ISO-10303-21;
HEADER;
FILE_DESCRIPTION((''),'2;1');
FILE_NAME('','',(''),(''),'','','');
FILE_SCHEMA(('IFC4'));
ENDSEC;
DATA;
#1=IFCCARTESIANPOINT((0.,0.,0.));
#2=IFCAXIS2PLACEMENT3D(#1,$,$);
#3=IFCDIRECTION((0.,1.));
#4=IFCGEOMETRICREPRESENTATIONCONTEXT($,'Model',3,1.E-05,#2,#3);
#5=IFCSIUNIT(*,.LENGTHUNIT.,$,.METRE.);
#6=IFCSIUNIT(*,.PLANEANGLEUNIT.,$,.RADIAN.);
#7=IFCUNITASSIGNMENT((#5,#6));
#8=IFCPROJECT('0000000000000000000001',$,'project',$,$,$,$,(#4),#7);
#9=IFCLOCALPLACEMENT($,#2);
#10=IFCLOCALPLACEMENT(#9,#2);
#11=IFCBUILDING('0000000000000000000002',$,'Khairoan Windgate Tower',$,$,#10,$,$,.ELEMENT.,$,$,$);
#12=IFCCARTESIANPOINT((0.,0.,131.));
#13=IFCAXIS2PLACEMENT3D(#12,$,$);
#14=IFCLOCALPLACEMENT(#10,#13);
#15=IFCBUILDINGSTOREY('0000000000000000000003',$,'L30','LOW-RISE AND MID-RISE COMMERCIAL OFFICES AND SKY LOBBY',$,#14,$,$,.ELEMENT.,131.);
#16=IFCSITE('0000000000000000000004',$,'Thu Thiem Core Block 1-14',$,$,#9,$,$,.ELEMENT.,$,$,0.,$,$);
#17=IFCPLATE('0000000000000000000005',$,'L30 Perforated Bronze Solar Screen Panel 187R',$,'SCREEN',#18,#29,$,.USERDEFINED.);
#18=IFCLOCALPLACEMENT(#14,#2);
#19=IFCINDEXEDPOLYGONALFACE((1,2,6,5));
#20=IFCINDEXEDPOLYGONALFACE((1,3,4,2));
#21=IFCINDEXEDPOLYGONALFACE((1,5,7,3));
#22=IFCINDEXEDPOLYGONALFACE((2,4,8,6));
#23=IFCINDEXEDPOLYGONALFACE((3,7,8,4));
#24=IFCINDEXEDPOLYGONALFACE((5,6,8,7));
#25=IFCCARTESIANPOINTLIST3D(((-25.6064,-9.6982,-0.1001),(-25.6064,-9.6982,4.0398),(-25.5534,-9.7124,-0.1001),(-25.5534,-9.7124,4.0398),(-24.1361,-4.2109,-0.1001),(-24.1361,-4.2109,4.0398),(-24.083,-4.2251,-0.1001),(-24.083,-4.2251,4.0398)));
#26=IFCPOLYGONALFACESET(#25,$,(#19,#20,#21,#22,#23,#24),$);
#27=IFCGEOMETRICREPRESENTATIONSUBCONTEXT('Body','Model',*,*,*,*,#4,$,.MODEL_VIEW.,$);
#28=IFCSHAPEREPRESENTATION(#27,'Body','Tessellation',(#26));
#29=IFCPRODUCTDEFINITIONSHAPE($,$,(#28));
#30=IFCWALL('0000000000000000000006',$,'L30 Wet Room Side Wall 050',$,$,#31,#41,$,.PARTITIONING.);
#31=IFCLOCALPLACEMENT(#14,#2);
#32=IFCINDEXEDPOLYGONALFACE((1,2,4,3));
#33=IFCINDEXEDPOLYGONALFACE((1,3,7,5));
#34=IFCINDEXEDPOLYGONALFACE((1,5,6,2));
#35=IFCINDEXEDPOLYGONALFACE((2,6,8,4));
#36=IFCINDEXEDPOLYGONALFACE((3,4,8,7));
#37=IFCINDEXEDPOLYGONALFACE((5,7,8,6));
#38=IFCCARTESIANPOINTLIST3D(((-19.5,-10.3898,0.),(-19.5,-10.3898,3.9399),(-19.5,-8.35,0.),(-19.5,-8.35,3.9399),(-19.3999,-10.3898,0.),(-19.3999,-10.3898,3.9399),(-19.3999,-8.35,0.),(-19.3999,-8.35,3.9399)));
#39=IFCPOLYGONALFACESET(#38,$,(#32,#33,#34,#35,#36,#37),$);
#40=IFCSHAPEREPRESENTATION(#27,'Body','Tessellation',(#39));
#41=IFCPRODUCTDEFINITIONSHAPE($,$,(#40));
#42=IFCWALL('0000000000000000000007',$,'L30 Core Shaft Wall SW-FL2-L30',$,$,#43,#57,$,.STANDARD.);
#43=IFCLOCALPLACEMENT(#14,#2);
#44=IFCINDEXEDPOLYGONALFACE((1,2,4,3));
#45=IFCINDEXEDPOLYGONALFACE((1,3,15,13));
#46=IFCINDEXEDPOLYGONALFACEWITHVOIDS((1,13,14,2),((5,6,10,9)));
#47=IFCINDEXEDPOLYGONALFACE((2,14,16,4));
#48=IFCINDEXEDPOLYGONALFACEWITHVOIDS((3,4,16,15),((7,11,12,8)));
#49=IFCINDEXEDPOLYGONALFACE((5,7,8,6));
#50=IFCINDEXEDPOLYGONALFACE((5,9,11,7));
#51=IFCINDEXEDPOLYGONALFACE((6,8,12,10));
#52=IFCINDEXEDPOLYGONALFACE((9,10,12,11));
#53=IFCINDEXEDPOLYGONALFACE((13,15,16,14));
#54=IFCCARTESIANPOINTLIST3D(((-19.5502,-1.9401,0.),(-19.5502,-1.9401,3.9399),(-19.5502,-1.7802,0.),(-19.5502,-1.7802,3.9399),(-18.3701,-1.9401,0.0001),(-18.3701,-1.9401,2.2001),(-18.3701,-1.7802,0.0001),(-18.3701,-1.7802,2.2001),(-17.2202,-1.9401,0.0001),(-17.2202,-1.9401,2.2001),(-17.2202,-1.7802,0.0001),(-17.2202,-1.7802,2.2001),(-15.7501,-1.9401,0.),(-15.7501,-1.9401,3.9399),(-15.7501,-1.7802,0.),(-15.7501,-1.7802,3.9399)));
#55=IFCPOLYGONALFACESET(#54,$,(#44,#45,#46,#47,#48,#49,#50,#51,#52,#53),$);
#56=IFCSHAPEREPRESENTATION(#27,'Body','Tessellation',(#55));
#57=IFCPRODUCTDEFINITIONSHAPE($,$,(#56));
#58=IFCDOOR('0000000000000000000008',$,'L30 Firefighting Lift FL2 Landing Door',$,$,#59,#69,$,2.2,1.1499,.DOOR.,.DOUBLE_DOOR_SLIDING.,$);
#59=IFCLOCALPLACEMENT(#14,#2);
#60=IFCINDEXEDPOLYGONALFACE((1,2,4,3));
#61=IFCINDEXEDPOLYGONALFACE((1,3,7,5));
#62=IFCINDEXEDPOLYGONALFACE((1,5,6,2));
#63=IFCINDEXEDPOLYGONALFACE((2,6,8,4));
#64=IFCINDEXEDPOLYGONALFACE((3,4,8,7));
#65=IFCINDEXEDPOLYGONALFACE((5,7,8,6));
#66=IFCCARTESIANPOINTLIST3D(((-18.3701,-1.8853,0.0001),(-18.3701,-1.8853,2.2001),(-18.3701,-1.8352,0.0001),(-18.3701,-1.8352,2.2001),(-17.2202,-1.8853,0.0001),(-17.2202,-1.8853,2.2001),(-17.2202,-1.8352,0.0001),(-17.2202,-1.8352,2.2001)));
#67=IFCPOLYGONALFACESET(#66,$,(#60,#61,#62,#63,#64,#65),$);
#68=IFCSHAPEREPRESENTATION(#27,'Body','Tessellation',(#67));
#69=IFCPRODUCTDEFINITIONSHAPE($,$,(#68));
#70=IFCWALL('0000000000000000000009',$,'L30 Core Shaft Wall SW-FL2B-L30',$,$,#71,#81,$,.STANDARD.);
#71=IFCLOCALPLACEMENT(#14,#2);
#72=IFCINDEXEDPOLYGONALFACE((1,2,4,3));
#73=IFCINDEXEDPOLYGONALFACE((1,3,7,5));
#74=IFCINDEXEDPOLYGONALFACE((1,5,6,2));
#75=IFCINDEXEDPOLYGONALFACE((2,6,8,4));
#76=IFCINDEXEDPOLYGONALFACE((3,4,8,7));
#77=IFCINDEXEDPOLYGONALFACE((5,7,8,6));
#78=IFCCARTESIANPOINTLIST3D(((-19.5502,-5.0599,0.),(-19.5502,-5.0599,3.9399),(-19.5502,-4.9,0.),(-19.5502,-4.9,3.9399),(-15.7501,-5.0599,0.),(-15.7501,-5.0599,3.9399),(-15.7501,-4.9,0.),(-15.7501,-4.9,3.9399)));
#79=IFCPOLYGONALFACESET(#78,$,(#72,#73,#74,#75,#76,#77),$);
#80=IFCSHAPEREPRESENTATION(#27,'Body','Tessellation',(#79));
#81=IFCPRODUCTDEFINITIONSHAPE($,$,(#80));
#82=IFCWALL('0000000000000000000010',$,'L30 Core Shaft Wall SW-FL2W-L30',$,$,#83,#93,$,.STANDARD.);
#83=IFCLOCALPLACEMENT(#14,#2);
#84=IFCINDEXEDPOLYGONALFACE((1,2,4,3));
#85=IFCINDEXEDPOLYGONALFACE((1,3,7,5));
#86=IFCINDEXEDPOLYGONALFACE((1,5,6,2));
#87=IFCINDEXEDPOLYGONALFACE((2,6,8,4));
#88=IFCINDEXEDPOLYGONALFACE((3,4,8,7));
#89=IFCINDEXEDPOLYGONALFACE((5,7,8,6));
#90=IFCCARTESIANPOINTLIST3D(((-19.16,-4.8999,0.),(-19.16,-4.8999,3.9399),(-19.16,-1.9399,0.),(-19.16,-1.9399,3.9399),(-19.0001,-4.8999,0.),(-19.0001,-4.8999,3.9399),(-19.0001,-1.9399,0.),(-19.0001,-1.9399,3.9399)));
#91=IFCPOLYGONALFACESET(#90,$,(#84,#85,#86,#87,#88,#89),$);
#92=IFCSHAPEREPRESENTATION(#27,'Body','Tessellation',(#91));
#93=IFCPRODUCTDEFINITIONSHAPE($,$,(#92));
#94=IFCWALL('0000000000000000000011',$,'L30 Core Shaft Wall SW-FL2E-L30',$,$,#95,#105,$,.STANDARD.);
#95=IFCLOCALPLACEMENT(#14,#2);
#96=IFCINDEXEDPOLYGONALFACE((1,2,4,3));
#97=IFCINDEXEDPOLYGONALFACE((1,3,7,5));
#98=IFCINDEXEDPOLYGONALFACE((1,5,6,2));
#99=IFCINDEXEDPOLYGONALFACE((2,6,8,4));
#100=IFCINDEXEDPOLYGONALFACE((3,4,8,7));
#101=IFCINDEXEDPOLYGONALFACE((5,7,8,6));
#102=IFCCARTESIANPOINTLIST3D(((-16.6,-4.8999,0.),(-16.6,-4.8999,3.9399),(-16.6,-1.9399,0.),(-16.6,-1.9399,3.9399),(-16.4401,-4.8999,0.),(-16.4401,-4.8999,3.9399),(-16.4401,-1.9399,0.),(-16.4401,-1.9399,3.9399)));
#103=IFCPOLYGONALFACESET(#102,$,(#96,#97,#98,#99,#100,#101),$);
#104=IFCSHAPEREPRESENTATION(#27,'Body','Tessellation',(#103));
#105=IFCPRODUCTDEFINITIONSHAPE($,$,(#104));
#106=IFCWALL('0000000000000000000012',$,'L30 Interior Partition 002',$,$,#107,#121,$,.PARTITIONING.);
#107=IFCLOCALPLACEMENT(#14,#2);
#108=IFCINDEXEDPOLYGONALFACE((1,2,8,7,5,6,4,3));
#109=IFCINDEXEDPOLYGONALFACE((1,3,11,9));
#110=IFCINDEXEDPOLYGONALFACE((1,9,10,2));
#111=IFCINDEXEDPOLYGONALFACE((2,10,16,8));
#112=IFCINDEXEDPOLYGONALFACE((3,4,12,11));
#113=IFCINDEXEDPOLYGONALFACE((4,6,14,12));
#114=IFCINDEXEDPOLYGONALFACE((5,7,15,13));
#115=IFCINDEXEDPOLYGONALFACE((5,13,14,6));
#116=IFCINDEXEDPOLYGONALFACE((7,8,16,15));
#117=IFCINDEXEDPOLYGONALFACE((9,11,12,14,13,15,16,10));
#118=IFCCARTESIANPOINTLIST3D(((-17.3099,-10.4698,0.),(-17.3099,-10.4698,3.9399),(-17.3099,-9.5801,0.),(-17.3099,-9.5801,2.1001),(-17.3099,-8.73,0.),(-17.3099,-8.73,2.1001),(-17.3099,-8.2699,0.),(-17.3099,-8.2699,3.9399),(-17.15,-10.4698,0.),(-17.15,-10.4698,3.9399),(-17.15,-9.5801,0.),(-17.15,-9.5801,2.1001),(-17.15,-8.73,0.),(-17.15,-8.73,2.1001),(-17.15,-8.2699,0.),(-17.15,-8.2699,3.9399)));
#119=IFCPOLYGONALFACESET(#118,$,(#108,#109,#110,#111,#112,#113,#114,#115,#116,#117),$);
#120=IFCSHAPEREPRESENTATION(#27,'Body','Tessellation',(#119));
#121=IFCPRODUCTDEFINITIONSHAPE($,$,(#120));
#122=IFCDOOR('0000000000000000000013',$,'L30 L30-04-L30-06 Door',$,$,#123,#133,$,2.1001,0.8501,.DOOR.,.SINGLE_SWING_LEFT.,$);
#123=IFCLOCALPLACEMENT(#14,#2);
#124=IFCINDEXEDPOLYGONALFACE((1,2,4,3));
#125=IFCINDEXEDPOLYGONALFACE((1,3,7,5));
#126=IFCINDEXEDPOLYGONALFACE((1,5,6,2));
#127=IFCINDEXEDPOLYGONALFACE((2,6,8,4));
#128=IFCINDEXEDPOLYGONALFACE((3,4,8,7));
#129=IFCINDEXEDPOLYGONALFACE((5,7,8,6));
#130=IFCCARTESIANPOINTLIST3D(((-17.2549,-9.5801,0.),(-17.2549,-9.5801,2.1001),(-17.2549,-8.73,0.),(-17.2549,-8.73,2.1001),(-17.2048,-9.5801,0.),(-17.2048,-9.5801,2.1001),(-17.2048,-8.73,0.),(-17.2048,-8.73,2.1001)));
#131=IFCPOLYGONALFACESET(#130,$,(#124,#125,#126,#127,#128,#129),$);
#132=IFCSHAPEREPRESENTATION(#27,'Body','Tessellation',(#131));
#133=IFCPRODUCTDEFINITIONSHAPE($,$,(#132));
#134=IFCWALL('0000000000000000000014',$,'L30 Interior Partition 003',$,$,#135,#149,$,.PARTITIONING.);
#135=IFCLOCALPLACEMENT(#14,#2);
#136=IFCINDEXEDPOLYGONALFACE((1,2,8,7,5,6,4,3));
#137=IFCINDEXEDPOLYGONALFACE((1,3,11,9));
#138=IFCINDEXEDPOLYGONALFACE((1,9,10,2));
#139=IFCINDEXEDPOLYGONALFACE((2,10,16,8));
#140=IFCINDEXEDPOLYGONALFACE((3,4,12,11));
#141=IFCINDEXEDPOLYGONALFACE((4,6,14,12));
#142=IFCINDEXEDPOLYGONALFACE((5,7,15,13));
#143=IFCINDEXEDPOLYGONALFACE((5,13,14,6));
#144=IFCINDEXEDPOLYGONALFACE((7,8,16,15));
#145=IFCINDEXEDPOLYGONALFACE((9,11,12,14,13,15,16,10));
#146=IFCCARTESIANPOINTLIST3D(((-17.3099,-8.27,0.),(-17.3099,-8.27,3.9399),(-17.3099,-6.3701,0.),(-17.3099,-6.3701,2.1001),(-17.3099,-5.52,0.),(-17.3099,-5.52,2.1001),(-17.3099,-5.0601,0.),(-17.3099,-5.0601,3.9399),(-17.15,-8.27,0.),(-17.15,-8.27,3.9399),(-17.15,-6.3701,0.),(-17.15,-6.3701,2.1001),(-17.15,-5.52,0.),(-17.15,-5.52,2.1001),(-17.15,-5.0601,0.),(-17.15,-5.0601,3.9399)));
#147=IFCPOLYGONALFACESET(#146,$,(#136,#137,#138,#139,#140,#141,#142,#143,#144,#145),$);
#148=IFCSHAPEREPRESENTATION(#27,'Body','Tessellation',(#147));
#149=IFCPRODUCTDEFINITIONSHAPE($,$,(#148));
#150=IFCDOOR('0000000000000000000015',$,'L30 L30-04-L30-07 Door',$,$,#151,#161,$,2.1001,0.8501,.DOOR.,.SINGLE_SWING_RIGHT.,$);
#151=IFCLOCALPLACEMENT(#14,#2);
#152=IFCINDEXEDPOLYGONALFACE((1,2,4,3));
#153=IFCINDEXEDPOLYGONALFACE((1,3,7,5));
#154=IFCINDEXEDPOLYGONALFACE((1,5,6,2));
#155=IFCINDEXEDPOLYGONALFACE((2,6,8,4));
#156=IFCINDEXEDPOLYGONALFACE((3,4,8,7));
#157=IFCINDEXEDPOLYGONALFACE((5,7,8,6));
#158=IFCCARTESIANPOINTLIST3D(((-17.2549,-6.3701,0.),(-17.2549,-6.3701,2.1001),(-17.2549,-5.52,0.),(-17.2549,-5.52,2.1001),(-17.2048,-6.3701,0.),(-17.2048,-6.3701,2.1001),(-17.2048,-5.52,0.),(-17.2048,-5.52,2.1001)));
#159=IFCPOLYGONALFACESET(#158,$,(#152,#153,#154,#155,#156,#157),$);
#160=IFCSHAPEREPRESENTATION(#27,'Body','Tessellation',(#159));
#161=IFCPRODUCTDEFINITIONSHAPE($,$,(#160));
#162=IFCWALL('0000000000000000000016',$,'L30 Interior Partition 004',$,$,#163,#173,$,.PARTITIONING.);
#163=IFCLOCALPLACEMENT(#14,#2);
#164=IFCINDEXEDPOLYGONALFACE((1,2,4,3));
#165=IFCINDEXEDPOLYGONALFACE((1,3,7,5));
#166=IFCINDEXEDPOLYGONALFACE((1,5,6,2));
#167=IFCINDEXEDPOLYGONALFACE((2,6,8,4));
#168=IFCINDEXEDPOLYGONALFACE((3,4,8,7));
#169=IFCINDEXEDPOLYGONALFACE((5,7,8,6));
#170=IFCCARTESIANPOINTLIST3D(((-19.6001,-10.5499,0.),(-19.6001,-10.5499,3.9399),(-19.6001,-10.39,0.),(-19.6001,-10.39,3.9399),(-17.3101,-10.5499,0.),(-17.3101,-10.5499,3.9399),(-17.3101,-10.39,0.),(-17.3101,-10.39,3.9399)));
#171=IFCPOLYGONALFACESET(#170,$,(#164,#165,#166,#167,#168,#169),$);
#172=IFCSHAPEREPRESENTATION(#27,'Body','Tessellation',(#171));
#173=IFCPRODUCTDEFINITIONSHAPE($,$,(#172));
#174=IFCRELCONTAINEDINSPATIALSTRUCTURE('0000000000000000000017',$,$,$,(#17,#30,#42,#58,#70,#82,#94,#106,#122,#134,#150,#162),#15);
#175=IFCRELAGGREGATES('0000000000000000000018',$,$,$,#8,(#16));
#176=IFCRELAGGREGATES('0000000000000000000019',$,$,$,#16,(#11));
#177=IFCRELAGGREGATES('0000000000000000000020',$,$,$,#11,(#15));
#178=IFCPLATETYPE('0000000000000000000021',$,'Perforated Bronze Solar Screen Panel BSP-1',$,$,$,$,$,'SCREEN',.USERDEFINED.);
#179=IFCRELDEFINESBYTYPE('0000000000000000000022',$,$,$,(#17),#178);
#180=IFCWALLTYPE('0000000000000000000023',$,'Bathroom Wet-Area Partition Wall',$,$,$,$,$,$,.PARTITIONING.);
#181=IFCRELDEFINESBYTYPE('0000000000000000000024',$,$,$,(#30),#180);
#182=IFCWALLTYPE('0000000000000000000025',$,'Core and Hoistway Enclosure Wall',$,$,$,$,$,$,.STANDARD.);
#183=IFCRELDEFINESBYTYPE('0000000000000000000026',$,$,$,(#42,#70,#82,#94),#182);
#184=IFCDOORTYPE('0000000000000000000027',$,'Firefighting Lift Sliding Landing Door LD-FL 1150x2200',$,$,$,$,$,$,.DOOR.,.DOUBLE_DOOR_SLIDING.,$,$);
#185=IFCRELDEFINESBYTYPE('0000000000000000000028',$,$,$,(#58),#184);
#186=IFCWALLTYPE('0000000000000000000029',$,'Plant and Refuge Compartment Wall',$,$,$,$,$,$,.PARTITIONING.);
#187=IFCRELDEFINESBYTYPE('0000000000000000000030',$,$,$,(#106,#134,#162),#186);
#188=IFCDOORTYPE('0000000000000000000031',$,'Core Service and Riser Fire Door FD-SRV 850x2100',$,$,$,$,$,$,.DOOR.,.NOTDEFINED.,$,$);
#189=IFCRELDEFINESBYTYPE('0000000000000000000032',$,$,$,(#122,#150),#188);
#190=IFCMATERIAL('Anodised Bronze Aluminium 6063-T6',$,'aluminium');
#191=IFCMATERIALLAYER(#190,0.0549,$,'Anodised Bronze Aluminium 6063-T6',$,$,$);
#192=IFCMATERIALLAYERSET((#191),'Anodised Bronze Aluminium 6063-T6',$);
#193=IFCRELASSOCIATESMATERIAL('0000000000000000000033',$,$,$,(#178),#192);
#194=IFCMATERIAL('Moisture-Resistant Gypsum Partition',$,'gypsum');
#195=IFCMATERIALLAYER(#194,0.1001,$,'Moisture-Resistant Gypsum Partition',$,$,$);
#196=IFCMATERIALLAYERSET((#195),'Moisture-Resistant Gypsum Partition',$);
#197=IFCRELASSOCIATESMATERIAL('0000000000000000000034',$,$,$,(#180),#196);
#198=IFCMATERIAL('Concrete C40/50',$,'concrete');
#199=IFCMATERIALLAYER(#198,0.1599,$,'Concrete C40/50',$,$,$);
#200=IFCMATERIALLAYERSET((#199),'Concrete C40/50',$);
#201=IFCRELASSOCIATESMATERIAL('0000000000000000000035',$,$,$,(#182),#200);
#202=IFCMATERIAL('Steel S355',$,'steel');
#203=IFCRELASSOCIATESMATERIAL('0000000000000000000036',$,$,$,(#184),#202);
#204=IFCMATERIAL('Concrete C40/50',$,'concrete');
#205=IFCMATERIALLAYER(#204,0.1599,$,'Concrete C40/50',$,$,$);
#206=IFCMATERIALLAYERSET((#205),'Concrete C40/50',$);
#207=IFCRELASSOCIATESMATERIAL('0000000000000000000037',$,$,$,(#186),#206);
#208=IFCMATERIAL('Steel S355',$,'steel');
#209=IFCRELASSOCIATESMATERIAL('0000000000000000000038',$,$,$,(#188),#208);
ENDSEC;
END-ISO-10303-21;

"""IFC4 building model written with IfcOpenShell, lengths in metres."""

from ifc_helpers import new_model, si_unit, direction, frame, frame_2d, origin, origin_2d, place, context, subcontext, project, spatial, rectangle, extrude, material, layer, layer_set, type_object, element, fill, save


model = new_model("IFC4")

# Units and contexts
model_context = context("Model", 3, precision=1e-05, world=origin(), true_north=direction((0.0, 1.0)))
body_context = subcontext(model_context, "Body", "Model", "MODEL_VIEW")
ifc_project = project(units=[si_unit("LENGTHUNIT", "METRE"), si_unit("PLANEANGLEUNIT", "RADIAN")], contexts=[model_context])

# Site, building, storey
site_placement = place(None, origin())
site = spatial("IfcSite", under=ifc_project, at=site_placement, Name="Thu Thiem Core Block 1-14", CompositionType="ELEMENT", RefElevation=0.0)
building_placement = place(site_placement, origin())
building = spatial("IfcBuilding", under=site, at=building_placement, Name="Khairoan Windgate Tower", CompositionType="ELEMENT")
storey_placement = place(building_placement, frame((0.0, 0.0, 131.0)))
storey = spatial("IfcBuildingStorey", under=building, at=storey_placement, Name="L30", Description="LOW-RISE AND MID-RISE COMMERCIAL OFFICES AND SKY LOBBY", CompositionType="ELEMENT", Elevation=131.0)

# Plate
ifc_material_1 = material(Name="Anodised Bronze Aluminium 6063-T6", Category="aluminium")
ifc_layer_1 = layer(ifc_material_1, 0.0549, Name="Anodised Bronze Aluminium 6063-T6")
ifc_layer_set_1 = layer_set([ifc_layer_1], Name="Anodised Bronze Aluminium 6063-T6")
plate_type_1 = type_object("IfcPlateType", Name="Perforated Bronze Solar Screen Panel BSP-1", ElementType="SCREEN", PredefinedType="USERDEFINED", material=ifc_layer_set_1)
plate_1_placement = place(storey_placement, frame((-24.8447, -6.9617, -0.1001), z_axis=(0.0, 0.0, 1.0), x_axis=(0.258819, 0.965926, 0.0)))
element("IfcPlate", 1, at=plate_1_placement, inside=storey, type_object=plate_type_1, Name="L30 Perforated Bronze Solar Screen Panel 187R", ObjectType="SCREEN", PredefinedType="USERDEFINED", context=body_context, shape_type="SweptSolid", body=[
    extrude(rectangle(XDim=5.6809, YDim=0.0549, at=origin_2d()), origin(), (0.0, 0.0, 1.0), 4.1399),
])

# Wall
ifc_material_2 = material(Name="Moisture-Resistant Gypsum Partition", Category="gypsum")
ifc_layer_2 = layer(ifc_material_2, 0.1001, Name="Moisture-Resistant Gypsum Partition")
ifc_layer_set_2 = layer_set([ifc_layer_2], Name="Moisture-Resistant Gypsum Partition")
wall_type_1 = type_object("IfcWallType", Name="Bathroom Wet-Area Partition Wall", PredefinedType="PARTITIONING", material=ifc_layer_set_2)
wall_1_placement = place(storey_placement, frame((-19.45, -10.3899, 0.0), z_axis=(0.0, 0.0, 1.0), x_axis=(0.0, 1.0, 0.0)))
element("IfcWall", 2, at=wall_1_placement, inside=storey, type_object=wall_type_1, Name="L30 Wet Room Side Wall 050", PredefinedType="PARTITIONING", context=body_context, shape_type="SweptSolid", body=[
    extrude(rectangle(XDim=2.0398, YDim=0.1001, at=frame_2d((1.02, 0.0))), origin(), (0.0, 0.0, 1.0), 3.9399),
])

# Wall, opening, door
ifc_material_3 = material(Name="Concrete C40/50", Category="concrete")
ifc_layer_3 = layer(ifc_material_3, 0.1599, Name="Concrete C40/50")
ifc_layer_set_3 = layer_set([ifc_layer_3], Name="Concrete C40/50")
wall_type_2 = type_object("IfcWallType", Name="Core and Hoistway Enclosure Wall", PredefinedType="STANDARD", material=ifc_layer_set_3)
wall_2_placement = place(storey_placement, frame((-19.55, -1.8601, 0.0), z_axis=(0.0, 0.0, 1.0), x_axis=(1.0, 0.0, 0.0)))
wall_2 = element("IfcWall", 3, at=wall_2_placement, inside=storey, type_object=wall_type_2, Name="L30 Core Shaft Wall SW-FL2-L30", PredefinedType="STANDARD", context=body_context, shape_type="SweptSolid", body=[
    extrude(rectangle(XDim=3.8, YDim=0.1599, at=frame_2d((1.8999, 0.0))), origin(), (0.0, 0.0, 1.0), 3.9399),
])
opening_1_placement = place(wall_2_placement, frame((1.1799, 0.0, 0.0)))
opening_1 = element("IfcOpeningElement", 4, at=opening_1_placement, cuts=wall_2, PredefinedType="OPENING", context=body_context, shape_type="SweptSolid", body=[
    extrude(rectangle(XDim=1.1499, YDim=2.2, at=frame_2d((0.575, 1.1001))), frame((0.0, 0.0898, 0.0), z_axis=(0.0, -1.0, 0.0), x_axis=(1.0, 0.0, 0.0)), (0.0, 0.0, 1.0), 0.1799),
])
ifc_material_4 = material(Name="Steel S355", Category="steel")
door_type_1 = type_object("IfcDoorType", Name="Firefighting Lift Sliding Landing Door LD-FL 1150x2200", OperationType="DOUBLE_DOOR_SLIDING", PredefinedType="DOOR", material=ifc_material_4)
door_1_placement = place(opening_1_placement, origin())
door_1 = element("IfcDoor", 5, at=door_1_placement, inside=storey, type_object=door_type_1, Name="L30 Firefighting Lift FL2 Landing Door", OperationType="DOUBLE_DOOR_SLIDING", OverallHeight=2.2, OverallWidth=1.1499, PredefinedType="DOOR", context=body_context, shape_type="SweptSolid", body=[
    extrude(rectangle(XDim=1.1499, YDim=2.2, at=frame_2d((0.575, 1.1001))), frame((0.0, 0.0249, 0.0), z_axis=(0.0, -1.0, 0.0), x_axis=(1.0, 0.0, 0.0)), (0.0, 0.0, 1.0), 0.05),
])
fill(opening_1, door_1)

# Walls
wall_3_placement = place(storey_placement, frame((-19.55, -4.98, 0.0), z_axis=(0.0, 0.0, 1.0), x_axis=(1.0, 0.0, 0.0)))
element("IfcWall", 6, at=wall_3_placement, inside=storey, type_object=wall_type_2, Name="L30 Core Shaft Wall SW-FL2B-L30", PredefinedType="STANDARD", context=body_context, shape_type="SweptSolid", body=[
    extrude(rectangle(XDim=3.8, YDim=0.1599, at=frame_2d((1.8999, 0.0))), origin(), (0.0, 0.0, 1.0), 3.9399),
])
for number, where, z_axis, x_axis, name in (
    (7, (-19.0801, -4.8999, 0.0), (0.0, 0.0, 1.0), (0.0, 1.0, 0.0), "L30 Core Shaft Wall SW-FL2W-L30"),
    (8, (-16.52, -4.8999, 0.0), (0.0, 0.0, 1.0), (0.0, 1.0, 0.0), "L30 Core Shaft Wall SW-FL2E-L30"),
):
    element("IfcWall", number, at=place(storey_placement, frame(where, z_axis=z_axis, x_axis=x_axis)), inside=storey, type_object=wall_type_2, Name=name, PredefinedType="STANDARD", context=body_context, shape_type="SweptSolid", body=[
        extrude(rectangle(XDim=2.96, YDim=0.1599, at=frame_2d((1.48, 0.0))), origin(), (0.0, 0.0, 1.0), 3.9399),
    ])

# Walls, openings, doors
ifc_material_5 = material(Name="Concrete C40/50", Category="concrete")
ifc_layer_4 = layer(ifc_material_5, 0.1599, Name="Concrete C40/50")
ifc_layer_set_4 = layer_set([ifc_layer_4], Name="Concrete C40/50")
wall_type_3 = type_object("IfcWallType", Name="Plant and Refuge Compartment Wall", PredefinedType="PARTITIONING", material=ifc_layer_set_4)
wall_4_placement = place(storey_placement, frame((-17.23, -10.47, 0.0), z_axis=(0.0, 0.0, 1.0), x_axis=(0.0, 1.0, 0.0)))
wall_4 = element("IfcWall", 9, at=wall_4_placement, inside=storey, type_object=wall_type_3, Name="L30 Interior Partition 002", PredefinedType="PARTITIONING", context=body_context, shape_type="SweptSolid", body=[
    extrude(rectangle(XDim=2.2, YDim=0.1599, at=frame_2d((1.1001, 0.0))), origin(), (0.0, 0.0, 1.0), 3.9399),
])
opening_2_placement = place(wall_4_placement, frame((0.8899, 0.0, 0.0)))
opening_2 = element("IfcOpeningElement", 10, at=opening_2_placement, cuts=wall_4, PredefinedType="OPENING", context=body_context, shape_type="SweptSolid", body=[
    extrude(rectangle(XDim=0.8501, YDim=2.1001, at=frame_2d((0.425, 1.05))), frame((0.0, 0.0898, 0.0), z_axis=(0.0, -1.0, 0.0), x_axis=(1.0, 0.0, 0.0)), (0.0, 0.0, 1.0), 0.1799),
])
ifc_material_6 = material(Name="Steel S355", Category="steel")
door_type_2 = type_object("IfcDoorType", Name="Core Service and Riser Fire Door FD-SRV 850x2100", OperationType="NOTDEFINED", PredefinedType="DOOR", material=ifc_material_6)
door_2_placement = place(opening_2_placement, origin())
door_2 = element("IfcDoor", 11, at=door_2_placement, inside=storey, type_object=door_type_2, Name="L30 L30-04-L30-06 Door", OperationType="SINGLE_SWING_LEFT", OverallHeight=2.1001, OverallWidth=0.8501, PredefinedType="DOOR", context=body_context, shape_type="SweptSolid", body=[
    extrude(rectangle(XDim=0.8501, YDim=2.1001, at=frame_2d((0.425, 1.05))), frame((0.0, 0.0249, 0.0), z_axis=(0.0, -1.0, 0.0), x_axis=(1.0, 0.0, 0.0)), (0.0, 0.0, 1.0), 0.05),
])
fill(opening_2, door_2)
wall_5_placement = place(storey_placement, frame((-17.23, -8.27, 0.0), z_axis=(0.0, 0.0, 1.0), x_axis=(0.0, 1.0, 0.0)))
wall_5 = element("IfcWall", 12, at=wall_5_placement, inside=storey, type_object=wall_type_3, Name="L30 Interior Partition 003", PredefinedType="PARTITIONING", context=body_context, shape_type="SweptSolid", body=[
    extrude(rectangle(XDim=3.21, YDim=0.1599, at=frame_2d((1.605, 0.0))), origin(), (0.0, 0.0, 1.0), 3.9399),
])
opening_3_placement = place(wall_5_placement, frame((1.8999, 0.0, 0.0)))
opening_3 = element("IfcOpeningElement", 13, at=opening_3_placement, cuts=wall_5, PredefinedType="OPENING", context=body_context, shape_type="SweptSolid", body=[
    extrude(rectangle(XDim=0.8501, YDim=2.1001, at=frame_2d((0.425, 1.05))), frame((0.0, 0.0898, 0.0), z_axis=(0.0, -1.0, 0.0), x_axis=(1.0, 0.0, 0.0)), (0.0, 0.0, 1.0), 0.1799),
])
door_3_placement = place(opening_3_placement, origin())
door_3 = element("IfcDoor", 14, at=door_3_placement, inside=storey, type_object=door_type_2, Name="L30 L30-04-L30-07 Door", OperationType="SINGLE_SWING_RIGHT", OverallHeight=2.1001, OverallWidth=0.8501, PredefinedType="DOOR", context=body_context, shape_type="SweptSolid", body=[
    extrude(rectangle(XDim=0.8501, YDim=2.1001, at=frame_2d((0.425, 1.05))), frame((0.0, 0.0249, 0.0), z_axis=(0.0, -1.0, 0.0), x_axis=(1.0, 0.0, 0.0)), (0.0, 0.0, 1.0), 0.05),
])
fill(opening_3, door_3)

# Wall
for number, where, z_axis, x_axis, name in (
    (15, (-19.6001, -10.47, 0.0), (0.0, 0.0, 1.0), (1.0, 0.0, 0.0), "L30 Interior Partition 004"),
):
    element("IfcWall", number, at=place(storey_placement, frame(where, z_axis=z_axis, x_axis=x_axis)), inside=storey, type_object=wall_type_3, Name=name, PredefinedType="PARTITIONING", context=body_context, shape_type="SweptSolid", body=[
        extrude(rectangle(XDim=2.29, YDim=0.1599, at=frame_2d((1.145, 0.0))), origin(), (0.0, 0.0, 1.0), 3.9399),
    ])

save(model, "model.ifc")
